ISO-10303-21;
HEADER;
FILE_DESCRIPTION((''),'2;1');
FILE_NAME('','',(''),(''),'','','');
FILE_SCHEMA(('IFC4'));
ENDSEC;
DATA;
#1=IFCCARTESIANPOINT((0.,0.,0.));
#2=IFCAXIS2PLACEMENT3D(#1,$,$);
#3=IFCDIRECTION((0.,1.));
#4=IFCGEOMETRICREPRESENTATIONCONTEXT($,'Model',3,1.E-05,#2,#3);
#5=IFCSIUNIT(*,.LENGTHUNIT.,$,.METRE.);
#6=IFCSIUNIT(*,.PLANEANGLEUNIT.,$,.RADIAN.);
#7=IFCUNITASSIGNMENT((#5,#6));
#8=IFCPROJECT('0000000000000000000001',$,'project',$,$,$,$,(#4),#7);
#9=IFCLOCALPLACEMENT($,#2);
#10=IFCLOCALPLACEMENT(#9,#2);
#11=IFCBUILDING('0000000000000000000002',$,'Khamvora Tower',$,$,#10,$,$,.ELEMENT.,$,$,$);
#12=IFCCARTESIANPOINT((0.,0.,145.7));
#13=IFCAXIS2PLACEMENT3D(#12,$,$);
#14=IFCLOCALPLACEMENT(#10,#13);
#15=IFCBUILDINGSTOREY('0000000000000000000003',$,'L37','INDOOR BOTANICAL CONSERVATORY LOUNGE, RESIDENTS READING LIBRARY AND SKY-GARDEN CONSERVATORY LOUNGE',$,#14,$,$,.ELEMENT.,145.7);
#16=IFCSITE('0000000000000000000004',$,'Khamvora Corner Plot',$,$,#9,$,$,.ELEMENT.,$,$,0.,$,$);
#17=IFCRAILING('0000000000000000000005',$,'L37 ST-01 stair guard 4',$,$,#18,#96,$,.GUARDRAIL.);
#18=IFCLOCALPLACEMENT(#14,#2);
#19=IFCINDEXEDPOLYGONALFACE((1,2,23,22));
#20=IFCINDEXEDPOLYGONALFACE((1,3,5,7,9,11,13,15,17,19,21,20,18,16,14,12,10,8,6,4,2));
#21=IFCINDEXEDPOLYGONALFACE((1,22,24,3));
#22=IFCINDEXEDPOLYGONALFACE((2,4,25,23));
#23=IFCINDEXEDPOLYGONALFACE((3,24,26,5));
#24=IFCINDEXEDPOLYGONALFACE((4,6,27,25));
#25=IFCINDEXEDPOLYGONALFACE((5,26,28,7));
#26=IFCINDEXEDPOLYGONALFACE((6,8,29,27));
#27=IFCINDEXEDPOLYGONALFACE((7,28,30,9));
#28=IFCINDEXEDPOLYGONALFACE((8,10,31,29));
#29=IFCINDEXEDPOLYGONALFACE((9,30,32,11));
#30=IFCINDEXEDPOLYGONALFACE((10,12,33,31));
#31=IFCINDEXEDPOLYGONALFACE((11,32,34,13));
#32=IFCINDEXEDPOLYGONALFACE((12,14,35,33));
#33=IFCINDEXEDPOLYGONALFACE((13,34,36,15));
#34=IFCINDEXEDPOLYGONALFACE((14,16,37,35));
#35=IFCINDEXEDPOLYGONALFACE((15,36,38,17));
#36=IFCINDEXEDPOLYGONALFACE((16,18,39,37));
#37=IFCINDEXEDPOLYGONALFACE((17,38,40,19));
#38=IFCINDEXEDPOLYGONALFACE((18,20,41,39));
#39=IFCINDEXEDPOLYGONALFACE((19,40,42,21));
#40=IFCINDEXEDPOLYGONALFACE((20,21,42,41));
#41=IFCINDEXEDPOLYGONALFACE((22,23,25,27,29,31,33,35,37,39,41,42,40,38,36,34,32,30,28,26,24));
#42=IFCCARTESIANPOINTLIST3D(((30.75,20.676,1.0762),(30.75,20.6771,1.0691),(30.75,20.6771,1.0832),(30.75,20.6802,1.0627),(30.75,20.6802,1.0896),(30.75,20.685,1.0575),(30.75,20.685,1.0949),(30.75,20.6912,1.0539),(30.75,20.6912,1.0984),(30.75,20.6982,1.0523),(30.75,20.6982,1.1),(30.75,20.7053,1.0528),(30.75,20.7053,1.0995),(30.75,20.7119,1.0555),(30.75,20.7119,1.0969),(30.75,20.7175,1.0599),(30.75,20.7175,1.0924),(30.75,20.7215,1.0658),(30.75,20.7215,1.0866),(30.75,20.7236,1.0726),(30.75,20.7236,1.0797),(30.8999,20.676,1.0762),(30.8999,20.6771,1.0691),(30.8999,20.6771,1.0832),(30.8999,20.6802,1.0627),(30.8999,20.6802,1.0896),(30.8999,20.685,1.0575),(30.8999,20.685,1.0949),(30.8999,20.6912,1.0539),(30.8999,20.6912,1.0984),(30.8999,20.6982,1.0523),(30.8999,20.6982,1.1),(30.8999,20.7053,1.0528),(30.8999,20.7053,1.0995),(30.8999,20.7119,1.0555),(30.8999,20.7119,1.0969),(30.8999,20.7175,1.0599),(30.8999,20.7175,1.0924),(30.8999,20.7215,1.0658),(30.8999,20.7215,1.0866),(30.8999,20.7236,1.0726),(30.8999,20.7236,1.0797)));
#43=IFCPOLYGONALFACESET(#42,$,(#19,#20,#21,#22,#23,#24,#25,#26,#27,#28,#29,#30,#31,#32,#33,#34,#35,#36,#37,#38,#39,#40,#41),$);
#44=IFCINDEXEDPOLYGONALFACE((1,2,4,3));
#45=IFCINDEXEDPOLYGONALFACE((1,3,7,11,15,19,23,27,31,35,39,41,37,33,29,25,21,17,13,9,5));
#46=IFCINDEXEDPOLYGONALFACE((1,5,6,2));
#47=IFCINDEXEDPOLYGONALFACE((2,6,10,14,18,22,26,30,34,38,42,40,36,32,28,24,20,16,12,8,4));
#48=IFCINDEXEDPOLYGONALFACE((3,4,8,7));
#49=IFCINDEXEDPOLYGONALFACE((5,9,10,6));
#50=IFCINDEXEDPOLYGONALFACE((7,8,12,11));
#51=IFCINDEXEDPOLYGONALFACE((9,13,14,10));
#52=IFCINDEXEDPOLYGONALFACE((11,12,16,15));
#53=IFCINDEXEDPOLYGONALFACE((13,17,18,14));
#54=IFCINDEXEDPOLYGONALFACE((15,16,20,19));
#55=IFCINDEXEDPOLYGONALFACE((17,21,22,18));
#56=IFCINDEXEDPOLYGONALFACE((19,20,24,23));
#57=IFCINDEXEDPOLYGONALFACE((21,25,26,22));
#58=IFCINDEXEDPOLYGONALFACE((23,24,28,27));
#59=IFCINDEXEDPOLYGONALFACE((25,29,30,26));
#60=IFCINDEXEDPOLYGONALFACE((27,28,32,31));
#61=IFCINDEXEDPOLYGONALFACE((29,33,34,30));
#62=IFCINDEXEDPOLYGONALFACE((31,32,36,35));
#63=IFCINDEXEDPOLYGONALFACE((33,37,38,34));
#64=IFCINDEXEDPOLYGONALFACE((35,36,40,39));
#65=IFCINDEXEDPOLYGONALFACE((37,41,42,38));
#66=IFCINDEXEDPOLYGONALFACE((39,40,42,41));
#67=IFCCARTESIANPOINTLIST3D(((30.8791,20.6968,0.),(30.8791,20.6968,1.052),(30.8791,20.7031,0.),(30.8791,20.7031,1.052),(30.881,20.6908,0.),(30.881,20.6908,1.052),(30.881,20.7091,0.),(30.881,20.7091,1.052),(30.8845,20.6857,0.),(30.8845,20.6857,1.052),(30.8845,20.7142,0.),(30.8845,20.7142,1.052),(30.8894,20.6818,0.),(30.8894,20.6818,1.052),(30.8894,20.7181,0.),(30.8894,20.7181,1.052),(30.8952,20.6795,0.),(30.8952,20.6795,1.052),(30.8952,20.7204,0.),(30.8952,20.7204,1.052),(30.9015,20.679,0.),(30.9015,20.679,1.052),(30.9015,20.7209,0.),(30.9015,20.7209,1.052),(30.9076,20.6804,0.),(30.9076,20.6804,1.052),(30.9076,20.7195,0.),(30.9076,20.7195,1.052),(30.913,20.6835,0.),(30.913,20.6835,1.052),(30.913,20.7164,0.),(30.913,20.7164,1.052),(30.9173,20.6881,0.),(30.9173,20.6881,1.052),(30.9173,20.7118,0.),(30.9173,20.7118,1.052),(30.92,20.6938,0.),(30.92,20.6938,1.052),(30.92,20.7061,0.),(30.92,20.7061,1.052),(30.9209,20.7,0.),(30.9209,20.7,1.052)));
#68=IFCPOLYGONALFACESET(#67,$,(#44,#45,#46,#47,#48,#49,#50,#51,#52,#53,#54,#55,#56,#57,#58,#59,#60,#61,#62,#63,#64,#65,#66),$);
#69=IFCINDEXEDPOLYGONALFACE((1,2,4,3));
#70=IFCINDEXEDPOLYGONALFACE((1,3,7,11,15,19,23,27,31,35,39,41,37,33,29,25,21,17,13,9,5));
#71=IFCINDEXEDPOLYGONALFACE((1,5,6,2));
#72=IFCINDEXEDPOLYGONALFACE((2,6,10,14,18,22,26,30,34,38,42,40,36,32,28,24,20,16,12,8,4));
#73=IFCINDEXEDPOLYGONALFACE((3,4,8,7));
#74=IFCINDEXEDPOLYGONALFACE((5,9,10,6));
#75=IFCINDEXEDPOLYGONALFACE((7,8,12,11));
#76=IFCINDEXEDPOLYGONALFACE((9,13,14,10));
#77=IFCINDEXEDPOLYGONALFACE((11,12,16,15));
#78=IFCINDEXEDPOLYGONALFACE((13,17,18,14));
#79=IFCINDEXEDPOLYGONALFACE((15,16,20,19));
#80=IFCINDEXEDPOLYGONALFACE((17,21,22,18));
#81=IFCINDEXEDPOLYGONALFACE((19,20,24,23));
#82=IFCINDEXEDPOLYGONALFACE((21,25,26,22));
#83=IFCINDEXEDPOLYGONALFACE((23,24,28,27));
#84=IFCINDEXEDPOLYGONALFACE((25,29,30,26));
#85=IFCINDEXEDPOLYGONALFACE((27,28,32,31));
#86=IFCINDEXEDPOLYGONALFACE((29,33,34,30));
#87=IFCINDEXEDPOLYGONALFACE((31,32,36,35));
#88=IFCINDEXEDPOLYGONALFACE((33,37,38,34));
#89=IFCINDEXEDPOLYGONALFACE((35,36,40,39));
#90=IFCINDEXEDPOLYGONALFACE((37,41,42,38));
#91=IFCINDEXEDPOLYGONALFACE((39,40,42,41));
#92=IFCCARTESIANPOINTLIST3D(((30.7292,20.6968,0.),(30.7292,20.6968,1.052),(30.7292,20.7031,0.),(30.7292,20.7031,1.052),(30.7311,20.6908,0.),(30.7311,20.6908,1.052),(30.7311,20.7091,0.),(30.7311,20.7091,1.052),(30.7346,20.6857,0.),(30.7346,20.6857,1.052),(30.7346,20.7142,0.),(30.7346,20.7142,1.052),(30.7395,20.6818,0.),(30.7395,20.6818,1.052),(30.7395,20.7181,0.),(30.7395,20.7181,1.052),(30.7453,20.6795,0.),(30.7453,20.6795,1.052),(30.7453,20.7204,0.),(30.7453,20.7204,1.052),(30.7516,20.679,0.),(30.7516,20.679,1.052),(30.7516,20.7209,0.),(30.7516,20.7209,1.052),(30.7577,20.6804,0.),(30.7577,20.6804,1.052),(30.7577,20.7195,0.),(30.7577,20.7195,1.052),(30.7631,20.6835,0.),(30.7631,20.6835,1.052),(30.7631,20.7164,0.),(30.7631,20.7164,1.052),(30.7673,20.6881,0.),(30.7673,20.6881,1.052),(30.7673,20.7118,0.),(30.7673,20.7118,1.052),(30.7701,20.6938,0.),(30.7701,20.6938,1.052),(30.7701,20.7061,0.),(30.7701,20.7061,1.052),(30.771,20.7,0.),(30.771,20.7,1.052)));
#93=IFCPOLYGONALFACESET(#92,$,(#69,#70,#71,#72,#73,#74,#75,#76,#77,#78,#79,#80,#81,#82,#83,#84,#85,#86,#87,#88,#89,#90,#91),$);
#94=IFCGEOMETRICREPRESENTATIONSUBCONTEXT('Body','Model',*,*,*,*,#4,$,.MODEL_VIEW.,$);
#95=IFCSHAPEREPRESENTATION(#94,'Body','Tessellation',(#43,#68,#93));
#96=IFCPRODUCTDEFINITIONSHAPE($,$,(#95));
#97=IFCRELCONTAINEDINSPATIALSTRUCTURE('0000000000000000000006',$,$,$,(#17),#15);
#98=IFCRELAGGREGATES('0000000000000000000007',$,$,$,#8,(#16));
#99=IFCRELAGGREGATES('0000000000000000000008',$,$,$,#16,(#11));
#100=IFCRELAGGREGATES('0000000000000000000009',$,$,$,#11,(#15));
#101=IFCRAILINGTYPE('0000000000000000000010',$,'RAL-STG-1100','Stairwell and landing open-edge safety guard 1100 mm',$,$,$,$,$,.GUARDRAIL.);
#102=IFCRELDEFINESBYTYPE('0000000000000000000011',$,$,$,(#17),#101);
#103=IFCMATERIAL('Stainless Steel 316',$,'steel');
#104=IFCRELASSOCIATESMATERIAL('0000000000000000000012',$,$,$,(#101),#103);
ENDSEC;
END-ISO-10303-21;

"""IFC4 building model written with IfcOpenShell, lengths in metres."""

from ifc_helpers import new_model, si_unit, direction, frame, origin, origin_2d, place, context, subcontext, project, spatial, circle, extrude, material, type_object, element, save


model = new_model("IFC4")

# Units and contexts
model_context = context("Model", 3, precision=1e-05, world=origin(), true_north=direction((0.0, 1.0)))
body_context = subcontext(model_context, "Body", "Model", "MODEL_VIEW")
ifc_project = project(units=[si_unit("LENGTHUNIT", "METRE"), si_unit("PLANEANGLEUNIT", "RADIAN")], contexts=[model_context])

# Site, building, storey
site_placement = place(None, origin())
site = spatial("IfcSite", under=ifc_project, at=site_placement, Name="Khamvora Corner Plot", CompositionType="ELEMENT", RefElevation=0.0)
building_placement = place(site_placement, origin())
building = spatial("IfcBuilding", under=site, at=building_placement, Name="Khamvora Tower", CompositionType="ELEMENT")
storey_placement = place(building_placement, frame((0.0, 0.0, 145.7)))
storey = spatial("IfcBuildingStorey", under=building, at=storey_placement, Name="L37", Description="INDOOR BOTANICAL CONSERVATORY LOUNGE, RESIDENTS READING LIBRARY AND SKY-GARDEN CONSERVATORY LOUNGE", CompositionType="ELEMENT", Elevation=145.7)

# Railing
ifc_material_1 = material(Name="Stainless Steel 316", Category="steel")
railing_type = type_object("IfcRailingType", Name="RAL-STG-1100", Description="Stairwell and landing open-edge safety guard 1100 mm", PredefinedType="GUARDRAIL", material=ifc_material_1)
railing_placement = place(storey_placement, frame((30.8999, 20.7, 0.0)))
element("IfcRailing", 1, at=railing_placement, inside=storey, type_object=railing_type, Name="L37 ST-01 stair guard 4", PredefinedType="GUARDRAIL", context=body_context, shape_type="SweptSolid", body=[
    extrude(circle(Radius=0.0239, at=origin_2d()), frame((0.0, 0.0, 1.0762), z_axis=(-1.0, 0.0, 0.0), x_axis=(0.0, -1.0, 0.0)), (0.0, 0.0, 1.0), 0.1499),
    extrude(circle(Radius=0.021, at=origin_2d()), origin(), (0.0, 0.0, 1.0), 1.052),
    extrude(circle(Radius=0.021, at=origin_2d()), frame((-0.1499, 0.0, 0.0)), (0.0, 0.0, 1.0), 1.052),
])

save(model, "model.ifc")
